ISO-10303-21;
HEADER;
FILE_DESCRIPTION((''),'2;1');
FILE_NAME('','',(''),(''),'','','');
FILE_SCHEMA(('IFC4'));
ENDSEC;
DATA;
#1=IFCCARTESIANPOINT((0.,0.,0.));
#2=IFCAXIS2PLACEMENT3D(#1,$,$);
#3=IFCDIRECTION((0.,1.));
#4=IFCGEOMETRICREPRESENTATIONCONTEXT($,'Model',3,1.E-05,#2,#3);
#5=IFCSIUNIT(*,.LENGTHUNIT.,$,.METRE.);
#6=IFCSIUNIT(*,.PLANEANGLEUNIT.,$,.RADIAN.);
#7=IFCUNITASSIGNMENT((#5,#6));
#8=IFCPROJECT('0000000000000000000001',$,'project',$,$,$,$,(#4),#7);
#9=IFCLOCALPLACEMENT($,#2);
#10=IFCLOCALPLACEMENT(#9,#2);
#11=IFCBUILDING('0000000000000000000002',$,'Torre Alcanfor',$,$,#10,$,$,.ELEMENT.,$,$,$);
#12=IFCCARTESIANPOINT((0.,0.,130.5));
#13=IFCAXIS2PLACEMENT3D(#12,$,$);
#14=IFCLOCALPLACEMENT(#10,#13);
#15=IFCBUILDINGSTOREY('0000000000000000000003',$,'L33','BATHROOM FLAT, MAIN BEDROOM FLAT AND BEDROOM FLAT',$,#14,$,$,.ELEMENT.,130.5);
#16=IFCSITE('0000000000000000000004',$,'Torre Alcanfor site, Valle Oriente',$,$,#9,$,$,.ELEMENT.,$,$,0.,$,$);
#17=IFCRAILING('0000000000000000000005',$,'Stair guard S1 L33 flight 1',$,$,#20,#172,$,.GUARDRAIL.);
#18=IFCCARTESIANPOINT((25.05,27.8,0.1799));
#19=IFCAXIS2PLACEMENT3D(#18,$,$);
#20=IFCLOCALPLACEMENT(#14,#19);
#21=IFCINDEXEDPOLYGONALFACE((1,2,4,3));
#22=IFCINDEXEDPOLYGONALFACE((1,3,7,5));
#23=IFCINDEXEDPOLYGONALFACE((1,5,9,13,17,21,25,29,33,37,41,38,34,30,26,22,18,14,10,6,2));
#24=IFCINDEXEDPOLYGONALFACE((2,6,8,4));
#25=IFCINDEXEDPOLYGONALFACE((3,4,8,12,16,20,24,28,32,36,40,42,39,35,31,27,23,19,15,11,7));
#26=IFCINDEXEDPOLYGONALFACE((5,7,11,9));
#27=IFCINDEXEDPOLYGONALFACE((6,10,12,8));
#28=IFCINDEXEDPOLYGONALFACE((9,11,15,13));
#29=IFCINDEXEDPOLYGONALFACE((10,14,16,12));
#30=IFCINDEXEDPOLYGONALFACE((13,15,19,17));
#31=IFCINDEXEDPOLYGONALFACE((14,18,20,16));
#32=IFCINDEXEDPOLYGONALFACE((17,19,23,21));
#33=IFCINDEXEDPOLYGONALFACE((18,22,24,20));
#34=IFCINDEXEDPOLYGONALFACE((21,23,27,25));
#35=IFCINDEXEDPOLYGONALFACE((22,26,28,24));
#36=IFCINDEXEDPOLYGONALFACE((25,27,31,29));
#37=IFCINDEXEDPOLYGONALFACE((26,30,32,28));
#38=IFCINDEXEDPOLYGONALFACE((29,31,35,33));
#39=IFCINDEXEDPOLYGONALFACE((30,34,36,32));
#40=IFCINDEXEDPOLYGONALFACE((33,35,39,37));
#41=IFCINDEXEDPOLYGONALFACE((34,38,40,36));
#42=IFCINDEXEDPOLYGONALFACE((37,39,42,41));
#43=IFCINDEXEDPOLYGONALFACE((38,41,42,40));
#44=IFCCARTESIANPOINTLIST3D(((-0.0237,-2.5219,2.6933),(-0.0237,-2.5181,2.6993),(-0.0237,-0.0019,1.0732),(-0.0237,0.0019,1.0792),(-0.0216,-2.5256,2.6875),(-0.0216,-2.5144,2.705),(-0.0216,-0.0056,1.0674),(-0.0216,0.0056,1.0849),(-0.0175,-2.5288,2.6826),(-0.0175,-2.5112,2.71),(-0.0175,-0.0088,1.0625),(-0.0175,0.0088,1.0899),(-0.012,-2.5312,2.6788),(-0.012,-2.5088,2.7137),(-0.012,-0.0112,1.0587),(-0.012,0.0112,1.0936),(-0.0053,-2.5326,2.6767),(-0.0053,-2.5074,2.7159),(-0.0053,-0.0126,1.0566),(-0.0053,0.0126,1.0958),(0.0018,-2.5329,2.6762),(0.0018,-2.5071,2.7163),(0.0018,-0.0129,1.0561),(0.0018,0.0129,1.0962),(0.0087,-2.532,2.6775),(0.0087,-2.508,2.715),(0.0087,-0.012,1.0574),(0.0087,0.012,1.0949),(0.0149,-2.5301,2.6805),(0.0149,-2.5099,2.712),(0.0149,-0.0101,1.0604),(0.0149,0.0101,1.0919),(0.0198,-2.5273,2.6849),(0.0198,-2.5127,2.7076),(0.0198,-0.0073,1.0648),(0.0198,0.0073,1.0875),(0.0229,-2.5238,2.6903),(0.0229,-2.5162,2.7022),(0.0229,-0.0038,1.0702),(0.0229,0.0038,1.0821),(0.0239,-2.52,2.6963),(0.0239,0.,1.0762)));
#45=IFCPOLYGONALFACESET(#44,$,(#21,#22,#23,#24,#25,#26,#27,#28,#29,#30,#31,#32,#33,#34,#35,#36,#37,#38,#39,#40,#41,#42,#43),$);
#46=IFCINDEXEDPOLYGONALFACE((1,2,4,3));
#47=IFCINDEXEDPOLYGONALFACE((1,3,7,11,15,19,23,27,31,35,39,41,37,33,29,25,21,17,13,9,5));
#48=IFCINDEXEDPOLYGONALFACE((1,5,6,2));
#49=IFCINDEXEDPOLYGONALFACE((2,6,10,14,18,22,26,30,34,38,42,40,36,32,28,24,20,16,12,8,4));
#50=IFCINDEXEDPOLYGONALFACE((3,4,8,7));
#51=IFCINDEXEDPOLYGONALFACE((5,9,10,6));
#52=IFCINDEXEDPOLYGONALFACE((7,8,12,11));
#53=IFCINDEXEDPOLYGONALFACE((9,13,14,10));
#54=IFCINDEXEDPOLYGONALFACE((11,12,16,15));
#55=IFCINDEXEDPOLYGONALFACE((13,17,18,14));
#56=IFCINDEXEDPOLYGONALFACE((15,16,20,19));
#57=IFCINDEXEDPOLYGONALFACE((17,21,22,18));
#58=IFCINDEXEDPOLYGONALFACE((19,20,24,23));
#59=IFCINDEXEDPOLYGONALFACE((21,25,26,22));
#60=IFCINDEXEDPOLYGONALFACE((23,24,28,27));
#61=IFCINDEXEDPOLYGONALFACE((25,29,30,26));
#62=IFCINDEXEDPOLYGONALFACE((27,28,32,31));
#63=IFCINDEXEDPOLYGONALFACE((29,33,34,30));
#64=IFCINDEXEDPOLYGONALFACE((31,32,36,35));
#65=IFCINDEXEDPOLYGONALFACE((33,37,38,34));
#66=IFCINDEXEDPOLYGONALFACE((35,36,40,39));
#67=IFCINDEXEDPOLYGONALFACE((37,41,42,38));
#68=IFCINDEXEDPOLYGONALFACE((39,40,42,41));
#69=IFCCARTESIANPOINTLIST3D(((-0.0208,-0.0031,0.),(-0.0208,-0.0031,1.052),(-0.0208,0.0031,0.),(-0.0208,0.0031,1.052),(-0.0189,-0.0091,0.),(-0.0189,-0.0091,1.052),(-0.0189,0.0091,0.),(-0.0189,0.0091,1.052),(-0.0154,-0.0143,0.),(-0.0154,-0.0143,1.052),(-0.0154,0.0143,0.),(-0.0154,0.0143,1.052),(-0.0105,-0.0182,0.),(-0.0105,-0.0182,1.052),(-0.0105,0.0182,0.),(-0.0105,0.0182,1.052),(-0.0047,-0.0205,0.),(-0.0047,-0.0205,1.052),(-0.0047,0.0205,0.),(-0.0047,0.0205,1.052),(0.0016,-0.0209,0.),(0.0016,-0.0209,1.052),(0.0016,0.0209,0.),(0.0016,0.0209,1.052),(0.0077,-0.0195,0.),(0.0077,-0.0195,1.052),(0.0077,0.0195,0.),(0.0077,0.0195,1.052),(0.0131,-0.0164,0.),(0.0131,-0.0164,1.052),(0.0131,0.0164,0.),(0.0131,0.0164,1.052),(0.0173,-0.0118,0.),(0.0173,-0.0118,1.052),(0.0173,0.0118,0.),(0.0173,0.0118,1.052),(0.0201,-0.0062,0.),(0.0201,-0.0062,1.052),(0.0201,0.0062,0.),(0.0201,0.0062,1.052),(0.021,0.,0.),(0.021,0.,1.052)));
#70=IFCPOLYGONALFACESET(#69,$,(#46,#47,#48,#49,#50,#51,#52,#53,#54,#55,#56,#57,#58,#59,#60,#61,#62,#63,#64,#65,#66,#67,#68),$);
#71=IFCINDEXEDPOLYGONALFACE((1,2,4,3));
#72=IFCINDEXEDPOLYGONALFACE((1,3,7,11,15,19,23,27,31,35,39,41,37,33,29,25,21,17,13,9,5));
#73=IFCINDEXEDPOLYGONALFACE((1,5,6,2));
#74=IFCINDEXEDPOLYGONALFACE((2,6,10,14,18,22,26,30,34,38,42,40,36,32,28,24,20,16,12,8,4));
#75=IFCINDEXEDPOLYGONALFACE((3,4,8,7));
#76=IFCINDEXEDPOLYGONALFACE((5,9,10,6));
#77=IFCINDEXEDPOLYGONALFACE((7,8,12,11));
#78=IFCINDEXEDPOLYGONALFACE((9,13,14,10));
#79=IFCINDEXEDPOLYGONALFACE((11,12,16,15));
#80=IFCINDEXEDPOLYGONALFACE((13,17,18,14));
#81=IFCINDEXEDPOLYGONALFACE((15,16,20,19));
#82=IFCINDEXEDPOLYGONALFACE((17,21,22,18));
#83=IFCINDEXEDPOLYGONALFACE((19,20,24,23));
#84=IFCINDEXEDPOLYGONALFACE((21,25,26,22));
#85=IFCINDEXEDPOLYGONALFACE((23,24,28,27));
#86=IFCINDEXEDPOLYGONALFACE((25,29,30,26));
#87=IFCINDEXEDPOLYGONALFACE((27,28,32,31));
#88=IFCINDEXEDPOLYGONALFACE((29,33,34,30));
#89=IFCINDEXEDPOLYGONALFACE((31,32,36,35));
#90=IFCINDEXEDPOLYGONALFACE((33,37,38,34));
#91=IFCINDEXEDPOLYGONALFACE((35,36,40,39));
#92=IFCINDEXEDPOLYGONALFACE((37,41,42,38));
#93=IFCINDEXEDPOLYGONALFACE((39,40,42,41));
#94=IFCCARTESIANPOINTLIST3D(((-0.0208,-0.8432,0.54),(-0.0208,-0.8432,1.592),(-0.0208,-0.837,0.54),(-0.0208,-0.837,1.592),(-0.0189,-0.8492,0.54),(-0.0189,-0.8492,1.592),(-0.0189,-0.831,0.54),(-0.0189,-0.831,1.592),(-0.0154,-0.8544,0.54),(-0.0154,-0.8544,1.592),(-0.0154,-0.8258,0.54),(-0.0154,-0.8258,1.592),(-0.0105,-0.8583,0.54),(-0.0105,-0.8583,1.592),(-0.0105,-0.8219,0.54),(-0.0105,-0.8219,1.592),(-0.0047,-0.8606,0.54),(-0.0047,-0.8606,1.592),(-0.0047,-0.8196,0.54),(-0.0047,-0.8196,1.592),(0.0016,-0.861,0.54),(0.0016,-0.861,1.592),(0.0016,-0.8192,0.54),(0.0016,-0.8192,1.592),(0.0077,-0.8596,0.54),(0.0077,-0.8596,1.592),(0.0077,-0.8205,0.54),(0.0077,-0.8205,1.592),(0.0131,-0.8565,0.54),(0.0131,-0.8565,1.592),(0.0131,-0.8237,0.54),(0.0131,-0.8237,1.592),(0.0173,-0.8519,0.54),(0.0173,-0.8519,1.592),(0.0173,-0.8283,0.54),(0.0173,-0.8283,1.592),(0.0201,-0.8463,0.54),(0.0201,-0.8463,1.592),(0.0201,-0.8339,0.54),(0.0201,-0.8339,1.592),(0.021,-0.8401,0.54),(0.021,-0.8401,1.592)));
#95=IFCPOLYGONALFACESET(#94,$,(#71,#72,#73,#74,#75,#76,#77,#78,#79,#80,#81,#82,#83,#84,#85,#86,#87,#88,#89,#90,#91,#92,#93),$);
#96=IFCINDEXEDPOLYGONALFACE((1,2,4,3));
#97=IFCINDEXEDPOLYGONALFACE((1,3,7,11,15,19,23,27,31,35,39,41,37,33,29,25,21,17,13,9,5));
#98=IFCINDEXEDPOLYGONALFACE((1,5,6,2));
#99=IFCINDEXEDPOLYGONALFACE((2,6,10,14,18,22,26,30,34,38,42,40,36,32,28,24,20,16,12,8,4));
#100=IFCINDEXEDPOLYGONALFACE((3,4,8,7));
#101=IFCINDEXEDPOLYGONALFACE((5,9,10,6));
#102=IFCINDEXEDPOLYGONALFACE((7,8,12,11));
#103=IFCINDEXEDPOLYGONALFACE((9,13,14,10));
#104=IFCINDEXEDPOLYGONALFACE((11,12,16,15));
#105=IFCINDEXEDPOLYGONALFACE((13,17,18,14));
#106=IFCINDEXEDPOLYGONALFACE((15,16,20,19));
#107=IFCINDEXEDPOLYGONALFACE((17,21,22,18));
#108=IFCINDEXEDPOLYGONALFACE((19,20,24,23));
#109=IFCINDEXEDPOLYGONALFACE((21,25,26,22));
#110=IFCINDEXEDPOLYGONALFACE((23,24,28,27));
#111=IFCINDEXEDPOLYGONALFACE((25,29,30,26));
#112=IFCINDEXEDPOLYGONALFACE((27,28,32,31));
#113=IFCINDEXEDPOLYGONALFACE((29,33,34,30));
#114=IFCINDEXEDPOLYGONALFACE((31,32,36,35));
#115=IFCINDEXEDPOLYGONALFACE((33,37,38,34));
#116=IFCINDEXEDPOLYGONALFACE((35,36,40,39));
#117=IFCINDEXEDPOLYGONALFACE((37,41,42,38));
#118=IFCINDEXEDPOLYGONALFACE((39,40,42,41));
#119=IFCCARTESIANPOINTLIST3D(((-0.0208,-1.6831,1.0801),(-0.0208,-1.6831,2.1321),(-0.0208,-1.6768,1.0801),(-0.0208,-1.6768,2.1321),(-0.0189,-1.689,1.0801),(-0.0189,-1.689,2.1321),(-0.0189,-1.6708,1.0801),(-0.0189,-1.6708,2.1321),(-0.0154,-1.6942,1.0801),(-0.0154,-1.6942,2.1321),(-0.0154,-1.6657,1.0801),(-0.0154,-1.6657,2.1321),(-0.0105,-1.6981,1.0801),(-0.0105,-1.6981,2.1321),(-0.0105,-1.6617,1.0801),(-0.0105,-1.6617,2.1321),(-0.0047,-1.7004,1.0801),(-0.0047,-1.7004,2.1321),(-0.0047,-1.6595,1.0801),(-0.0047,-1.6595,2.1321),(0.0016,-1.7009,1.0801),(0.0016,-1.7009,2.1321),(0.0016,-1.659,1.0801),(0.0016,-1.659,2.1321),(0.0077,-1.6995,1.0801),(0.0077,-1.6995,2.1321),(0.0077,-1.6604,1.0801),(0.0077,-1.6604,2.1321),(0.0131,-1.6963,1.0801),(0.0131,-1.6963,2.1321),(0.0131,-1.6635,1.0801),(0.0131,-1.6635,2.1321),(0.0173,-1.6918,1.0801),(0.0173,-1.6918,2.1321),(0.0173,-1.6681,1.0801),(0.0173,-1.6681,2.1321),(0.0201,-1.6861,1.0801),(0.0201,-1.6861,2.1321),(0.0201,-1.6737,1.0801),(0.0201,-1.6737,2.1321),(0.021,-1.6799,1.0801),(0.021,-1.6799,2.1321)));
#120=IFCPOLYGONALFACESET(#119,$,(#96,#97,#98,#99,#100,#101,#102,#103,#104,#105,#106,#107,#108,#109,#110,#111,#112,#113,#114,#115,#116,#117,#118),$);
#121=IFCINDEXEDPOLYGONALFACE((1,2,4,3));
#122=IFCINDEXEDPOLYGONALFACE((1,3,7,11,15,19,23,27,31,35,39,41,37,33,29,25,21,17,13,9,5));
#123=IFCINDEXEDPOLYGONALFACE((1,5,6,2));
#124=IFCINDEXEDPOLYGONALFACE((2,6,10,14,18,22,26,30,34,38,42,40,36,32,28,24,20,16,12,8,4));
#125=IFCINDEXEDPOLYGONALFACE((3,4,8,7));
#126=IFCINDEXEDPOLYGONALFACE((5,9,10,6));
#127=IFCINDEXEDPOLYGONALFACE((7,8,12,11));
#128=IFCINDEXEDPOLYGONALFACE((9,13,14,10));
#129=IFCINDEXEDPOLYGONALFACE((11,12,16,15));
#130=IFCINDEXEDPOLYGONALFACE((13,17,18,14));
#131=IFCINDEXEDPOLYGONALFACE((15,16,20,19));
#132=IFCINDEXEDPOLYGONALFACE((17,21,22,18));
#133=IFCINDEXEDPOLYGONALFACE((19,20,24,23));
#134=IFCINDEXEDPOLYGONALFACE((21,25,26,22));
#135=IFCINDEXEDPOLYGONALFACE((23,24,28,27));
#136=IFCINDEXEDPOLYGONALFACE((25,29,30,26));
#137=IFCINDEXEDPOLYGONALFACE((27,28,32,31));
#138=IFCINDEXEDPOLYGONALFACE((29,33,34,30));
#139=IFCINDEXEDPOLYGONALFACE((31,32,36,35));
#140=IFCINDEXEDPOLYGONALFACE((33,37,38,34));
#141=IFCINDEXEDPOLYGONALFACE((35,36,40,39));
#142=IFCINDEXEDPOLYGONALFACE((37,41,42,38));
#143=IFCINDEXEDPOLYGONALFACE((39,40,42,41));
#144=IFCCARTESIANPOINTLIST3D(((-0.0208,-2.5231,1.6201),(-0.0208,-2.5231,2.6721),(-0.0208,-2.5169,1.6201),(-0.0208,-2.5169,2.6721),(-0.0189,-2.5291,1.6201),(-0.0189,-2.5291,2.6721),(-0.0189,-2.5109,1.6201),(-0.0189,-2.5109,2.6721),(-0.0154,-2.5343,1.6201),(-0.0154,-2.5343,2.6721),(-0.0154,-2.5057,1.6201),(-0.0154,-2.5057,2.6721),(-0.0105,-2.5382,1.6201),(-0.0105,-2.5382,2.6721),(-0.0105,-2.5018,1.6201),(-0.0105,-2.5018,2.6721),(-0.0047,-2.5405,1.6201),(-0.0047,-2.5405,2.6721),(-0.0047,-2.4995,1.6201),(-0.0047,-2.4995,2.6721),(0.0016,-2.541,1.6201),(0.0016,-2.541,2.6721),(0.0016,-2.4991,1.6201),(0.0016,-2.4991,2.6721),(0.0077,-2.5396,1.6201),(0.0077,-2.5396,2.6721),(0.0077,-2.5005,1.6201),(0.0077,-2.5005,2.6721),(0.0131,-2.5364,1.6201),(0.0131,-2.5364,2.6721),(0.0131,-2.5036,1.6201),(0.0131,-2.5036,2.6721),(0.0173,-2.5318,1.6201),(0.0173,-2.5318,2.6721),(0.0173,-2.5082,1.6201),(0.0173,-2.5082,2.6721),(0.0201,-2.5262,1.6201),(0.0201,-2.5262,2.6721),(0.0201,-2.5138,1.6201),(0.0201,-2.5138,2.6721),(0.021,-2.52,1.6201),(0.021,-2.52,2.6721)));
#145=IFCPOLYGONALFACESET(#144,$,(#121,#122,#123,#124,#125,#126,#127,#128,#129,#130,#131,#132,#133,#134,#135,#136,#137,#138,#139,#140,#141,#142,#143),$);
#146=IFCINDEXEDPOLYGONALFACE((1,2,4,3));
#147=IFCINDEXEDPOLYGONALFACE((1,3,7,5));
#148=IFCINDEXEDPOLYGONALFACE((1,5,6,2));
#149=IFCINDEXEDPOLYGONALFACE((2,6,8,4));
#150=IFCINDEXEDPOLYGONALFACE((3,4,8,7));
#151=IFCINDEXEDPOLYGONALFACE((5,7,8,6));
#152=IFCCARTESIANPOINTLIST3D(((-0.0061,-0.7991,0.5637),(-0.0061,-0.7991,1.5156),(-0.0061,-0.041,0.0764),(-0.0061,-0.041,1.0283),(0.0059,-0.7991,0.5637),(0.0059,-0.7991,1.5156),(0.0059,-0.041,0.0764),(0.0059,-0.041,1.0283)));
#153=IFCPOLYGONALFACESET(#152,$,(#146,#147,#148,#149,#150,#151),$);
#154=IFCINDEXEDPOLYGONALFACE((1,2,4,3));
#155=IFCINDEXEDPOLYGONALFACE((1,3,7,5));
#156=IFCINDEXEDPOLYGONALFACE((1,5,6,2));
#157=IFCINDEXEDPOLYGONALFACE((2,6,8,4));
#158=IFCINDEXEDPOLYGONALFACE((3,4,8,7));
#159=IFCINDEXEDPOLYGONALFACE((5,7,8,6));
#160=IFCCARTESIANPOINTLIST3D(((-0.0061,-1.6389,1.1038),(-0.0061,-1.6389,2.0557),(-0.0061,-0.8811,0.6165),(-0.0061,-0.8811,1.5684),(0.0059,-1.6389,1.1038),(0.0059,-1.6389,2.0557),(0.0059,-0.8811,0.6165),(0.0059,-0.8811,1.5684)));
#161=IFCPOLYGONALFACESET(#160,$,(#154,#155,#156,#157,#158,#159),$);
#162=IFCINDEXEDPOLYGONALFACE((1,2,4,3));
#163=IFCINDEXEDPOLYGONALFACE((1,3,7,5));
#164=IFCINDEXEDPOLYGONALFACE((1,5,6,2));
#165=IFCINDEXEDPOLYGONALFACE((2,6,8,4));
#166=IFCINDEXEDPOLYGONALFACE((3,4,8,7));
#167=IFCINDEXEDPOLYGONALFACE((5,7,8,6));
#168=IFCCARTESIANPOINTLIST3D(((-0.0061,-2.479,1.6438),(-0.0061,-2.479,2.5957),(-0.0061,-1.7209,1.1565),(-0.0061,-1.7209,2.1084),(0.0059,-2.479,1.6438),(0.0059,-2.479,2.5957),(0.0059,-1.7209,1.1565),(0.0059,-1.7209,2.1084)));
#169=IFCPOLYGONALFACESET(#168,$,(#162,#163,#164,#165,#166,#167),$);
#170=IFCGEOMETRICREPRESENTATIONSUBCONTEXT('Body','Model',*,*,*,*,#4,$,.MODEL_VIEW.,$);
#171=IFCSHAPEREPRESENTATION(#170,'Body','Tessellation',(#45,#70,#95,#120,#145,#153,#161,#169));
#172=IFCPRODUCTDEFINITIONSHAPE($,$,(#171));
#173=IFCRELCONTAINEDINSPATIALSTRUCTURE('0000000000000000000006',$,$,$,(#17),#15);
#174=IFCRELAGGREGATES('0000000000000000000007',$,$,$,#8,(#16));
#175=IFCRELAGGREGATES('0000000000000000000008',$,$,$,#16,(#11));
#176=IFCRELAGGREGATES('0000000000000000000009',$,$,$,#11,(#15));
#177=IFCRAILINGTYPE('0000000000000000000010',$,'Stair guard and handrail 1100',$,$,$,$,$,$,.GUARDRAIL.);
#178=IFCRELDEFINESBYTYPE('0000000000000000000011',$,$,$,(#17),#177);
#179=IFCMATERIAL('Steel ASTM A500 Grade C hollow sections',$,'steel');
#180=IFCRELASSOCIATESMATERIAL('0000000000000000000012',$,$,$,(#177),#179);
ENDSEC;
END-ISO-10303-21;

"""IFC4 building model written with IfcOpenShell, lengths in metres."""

from ifc_helpers import new_model, si_unit, direction, frame, origin, origin_2d, place, context, subcontext, project, spatial, polyline, circle, outline, extrude, material, type_object, element, save


model = new_model("IFC4")

# Units and contexts
model_context = context("Model", 3, precision=1e-05, world=origin(), true_north=direction((0.0, 1.0)))
body_context = subcontext(model_context, "Body", "Model", "MODEL_VIEW")
ifc_project = project(units=[si_unit("LENGTHUNIT", "METRE"), si_unit("PLANEANGLEUNIT", "RADIAN")], contexts=[model_context])

# Site, building, storey
site_placement = place(None, origin())
site = spatial("IfcSite", under=ifc_project, at=site_placement, Name="Torre Alcanfor site, Valle Oriente", CompositionType="ELEMENT", RefElevation=0.0)
building_placement = place(site_placement, origin())
building = spatial("IfcBuilding", under=site, at=building_placement, Name="Torre Alcanfor", CompositionType="ELEMENT")
storey_placement = place(building_placement, frame((0.0, 0.0, 130.5)))
storey = spatial("IfcBuildingStorey", under=building, at=storey_placement, Name="L33", Description="BATHROOM FLAT, MAIN BEDROOM FLAT AND BEDROOM FLAT", CompositionType="ELEMENT", Elevation=130.5)

# Railing
ifc_material_1 = material(Name="Steel ASTM A500 Grade C hollow sections", Category="steel")
railing_type_1 = type_object("IfcRailingType", Name="Stair guard and handrail 1100", PredefinedType="GUARDRAIL", material=ifc_material_1)
railing_1_placement = place(storey_placement, frame((25.05, 27.8, 0.1799)))
element("IfcRailing", 1, at=railing_1_placement, inside=storey, type_object=railing_type_1, Name="Stair guard S1 L33 flight 1", PredefinedType="GUARDRAIL", context=body_context, shape_type="SweptSolid", body=[
    extrude(circle(Radius=0.0239, at=origin_2d()), frame((0.0, 0.0, 1.0762), z_axis=(0.0, -0.841163, 0.540782), x_axis=(1.0, 0.0, 0.0)), (0.0, 0.0, 1.0), 2.9958),
    extrude(circle(Radius=0.021, at=origin_2d()), origin(), (0.0, 0.0, 1.0), 1.052),
    extrude(circle(Radius=0.021, at=origin_2d()), frame((0.0, -0.8401, 0.54)), (0.0, 0.0, 1.0), 1.052),
    extrude(circle(Radius=0.021, at=origin_2d()), frame((0.0, -1.6799, 1.0801)), (0.0, 0.0, 1.0), 1.052),
    extrude(circle(Radius=0.021, at=origin_2d()), frame((0.0, -2.52, 1.6201)), (0.0, 0.0, 1.0), 1.052),
    extrude(outline(polyline([(0.041, 0.0764), (0.7991, 0.5637), (0.7991, 1.5156), (0.041, 1.0283), (0.041, 0.0764)])), frame((0.0059, 0.0, 0.0), z_axis=(-1.0, 0.0, 0.0), x_axis=(0.0, -1.0, 0.0)), (0.0, 0.0, 1.0), 0.012),
    extrude(outline(polyline([(0.8811, 0.6165), (1.6389, 1.1038), (1.6389, 2.0557), (0.8811, 1.5684), (0.8811, 0.6165)])), frame((0.0059, 0.0, 0.0), z_axis=(-1.0, 0.0, 0.0), x_axis=(0.0, -1.0, 0.0)), (0.0, 0.0, 1.0), 0.012),
    extrude(outline(polyline([(1.7209, 1.1565), (2.479, 1.6438), (2.479, 2.5957), (1.7209, 2.1084), (1.7209, 1.1565)])), frame((0.0059, 0.0, 0.0), z_axis=(-1.0, 0.0, 0.0), x_axis=(0.0, -1.0, 0.0)), (0.0, 0.0, 1.0), 0.012),
])

save(model, "model.ifc")
